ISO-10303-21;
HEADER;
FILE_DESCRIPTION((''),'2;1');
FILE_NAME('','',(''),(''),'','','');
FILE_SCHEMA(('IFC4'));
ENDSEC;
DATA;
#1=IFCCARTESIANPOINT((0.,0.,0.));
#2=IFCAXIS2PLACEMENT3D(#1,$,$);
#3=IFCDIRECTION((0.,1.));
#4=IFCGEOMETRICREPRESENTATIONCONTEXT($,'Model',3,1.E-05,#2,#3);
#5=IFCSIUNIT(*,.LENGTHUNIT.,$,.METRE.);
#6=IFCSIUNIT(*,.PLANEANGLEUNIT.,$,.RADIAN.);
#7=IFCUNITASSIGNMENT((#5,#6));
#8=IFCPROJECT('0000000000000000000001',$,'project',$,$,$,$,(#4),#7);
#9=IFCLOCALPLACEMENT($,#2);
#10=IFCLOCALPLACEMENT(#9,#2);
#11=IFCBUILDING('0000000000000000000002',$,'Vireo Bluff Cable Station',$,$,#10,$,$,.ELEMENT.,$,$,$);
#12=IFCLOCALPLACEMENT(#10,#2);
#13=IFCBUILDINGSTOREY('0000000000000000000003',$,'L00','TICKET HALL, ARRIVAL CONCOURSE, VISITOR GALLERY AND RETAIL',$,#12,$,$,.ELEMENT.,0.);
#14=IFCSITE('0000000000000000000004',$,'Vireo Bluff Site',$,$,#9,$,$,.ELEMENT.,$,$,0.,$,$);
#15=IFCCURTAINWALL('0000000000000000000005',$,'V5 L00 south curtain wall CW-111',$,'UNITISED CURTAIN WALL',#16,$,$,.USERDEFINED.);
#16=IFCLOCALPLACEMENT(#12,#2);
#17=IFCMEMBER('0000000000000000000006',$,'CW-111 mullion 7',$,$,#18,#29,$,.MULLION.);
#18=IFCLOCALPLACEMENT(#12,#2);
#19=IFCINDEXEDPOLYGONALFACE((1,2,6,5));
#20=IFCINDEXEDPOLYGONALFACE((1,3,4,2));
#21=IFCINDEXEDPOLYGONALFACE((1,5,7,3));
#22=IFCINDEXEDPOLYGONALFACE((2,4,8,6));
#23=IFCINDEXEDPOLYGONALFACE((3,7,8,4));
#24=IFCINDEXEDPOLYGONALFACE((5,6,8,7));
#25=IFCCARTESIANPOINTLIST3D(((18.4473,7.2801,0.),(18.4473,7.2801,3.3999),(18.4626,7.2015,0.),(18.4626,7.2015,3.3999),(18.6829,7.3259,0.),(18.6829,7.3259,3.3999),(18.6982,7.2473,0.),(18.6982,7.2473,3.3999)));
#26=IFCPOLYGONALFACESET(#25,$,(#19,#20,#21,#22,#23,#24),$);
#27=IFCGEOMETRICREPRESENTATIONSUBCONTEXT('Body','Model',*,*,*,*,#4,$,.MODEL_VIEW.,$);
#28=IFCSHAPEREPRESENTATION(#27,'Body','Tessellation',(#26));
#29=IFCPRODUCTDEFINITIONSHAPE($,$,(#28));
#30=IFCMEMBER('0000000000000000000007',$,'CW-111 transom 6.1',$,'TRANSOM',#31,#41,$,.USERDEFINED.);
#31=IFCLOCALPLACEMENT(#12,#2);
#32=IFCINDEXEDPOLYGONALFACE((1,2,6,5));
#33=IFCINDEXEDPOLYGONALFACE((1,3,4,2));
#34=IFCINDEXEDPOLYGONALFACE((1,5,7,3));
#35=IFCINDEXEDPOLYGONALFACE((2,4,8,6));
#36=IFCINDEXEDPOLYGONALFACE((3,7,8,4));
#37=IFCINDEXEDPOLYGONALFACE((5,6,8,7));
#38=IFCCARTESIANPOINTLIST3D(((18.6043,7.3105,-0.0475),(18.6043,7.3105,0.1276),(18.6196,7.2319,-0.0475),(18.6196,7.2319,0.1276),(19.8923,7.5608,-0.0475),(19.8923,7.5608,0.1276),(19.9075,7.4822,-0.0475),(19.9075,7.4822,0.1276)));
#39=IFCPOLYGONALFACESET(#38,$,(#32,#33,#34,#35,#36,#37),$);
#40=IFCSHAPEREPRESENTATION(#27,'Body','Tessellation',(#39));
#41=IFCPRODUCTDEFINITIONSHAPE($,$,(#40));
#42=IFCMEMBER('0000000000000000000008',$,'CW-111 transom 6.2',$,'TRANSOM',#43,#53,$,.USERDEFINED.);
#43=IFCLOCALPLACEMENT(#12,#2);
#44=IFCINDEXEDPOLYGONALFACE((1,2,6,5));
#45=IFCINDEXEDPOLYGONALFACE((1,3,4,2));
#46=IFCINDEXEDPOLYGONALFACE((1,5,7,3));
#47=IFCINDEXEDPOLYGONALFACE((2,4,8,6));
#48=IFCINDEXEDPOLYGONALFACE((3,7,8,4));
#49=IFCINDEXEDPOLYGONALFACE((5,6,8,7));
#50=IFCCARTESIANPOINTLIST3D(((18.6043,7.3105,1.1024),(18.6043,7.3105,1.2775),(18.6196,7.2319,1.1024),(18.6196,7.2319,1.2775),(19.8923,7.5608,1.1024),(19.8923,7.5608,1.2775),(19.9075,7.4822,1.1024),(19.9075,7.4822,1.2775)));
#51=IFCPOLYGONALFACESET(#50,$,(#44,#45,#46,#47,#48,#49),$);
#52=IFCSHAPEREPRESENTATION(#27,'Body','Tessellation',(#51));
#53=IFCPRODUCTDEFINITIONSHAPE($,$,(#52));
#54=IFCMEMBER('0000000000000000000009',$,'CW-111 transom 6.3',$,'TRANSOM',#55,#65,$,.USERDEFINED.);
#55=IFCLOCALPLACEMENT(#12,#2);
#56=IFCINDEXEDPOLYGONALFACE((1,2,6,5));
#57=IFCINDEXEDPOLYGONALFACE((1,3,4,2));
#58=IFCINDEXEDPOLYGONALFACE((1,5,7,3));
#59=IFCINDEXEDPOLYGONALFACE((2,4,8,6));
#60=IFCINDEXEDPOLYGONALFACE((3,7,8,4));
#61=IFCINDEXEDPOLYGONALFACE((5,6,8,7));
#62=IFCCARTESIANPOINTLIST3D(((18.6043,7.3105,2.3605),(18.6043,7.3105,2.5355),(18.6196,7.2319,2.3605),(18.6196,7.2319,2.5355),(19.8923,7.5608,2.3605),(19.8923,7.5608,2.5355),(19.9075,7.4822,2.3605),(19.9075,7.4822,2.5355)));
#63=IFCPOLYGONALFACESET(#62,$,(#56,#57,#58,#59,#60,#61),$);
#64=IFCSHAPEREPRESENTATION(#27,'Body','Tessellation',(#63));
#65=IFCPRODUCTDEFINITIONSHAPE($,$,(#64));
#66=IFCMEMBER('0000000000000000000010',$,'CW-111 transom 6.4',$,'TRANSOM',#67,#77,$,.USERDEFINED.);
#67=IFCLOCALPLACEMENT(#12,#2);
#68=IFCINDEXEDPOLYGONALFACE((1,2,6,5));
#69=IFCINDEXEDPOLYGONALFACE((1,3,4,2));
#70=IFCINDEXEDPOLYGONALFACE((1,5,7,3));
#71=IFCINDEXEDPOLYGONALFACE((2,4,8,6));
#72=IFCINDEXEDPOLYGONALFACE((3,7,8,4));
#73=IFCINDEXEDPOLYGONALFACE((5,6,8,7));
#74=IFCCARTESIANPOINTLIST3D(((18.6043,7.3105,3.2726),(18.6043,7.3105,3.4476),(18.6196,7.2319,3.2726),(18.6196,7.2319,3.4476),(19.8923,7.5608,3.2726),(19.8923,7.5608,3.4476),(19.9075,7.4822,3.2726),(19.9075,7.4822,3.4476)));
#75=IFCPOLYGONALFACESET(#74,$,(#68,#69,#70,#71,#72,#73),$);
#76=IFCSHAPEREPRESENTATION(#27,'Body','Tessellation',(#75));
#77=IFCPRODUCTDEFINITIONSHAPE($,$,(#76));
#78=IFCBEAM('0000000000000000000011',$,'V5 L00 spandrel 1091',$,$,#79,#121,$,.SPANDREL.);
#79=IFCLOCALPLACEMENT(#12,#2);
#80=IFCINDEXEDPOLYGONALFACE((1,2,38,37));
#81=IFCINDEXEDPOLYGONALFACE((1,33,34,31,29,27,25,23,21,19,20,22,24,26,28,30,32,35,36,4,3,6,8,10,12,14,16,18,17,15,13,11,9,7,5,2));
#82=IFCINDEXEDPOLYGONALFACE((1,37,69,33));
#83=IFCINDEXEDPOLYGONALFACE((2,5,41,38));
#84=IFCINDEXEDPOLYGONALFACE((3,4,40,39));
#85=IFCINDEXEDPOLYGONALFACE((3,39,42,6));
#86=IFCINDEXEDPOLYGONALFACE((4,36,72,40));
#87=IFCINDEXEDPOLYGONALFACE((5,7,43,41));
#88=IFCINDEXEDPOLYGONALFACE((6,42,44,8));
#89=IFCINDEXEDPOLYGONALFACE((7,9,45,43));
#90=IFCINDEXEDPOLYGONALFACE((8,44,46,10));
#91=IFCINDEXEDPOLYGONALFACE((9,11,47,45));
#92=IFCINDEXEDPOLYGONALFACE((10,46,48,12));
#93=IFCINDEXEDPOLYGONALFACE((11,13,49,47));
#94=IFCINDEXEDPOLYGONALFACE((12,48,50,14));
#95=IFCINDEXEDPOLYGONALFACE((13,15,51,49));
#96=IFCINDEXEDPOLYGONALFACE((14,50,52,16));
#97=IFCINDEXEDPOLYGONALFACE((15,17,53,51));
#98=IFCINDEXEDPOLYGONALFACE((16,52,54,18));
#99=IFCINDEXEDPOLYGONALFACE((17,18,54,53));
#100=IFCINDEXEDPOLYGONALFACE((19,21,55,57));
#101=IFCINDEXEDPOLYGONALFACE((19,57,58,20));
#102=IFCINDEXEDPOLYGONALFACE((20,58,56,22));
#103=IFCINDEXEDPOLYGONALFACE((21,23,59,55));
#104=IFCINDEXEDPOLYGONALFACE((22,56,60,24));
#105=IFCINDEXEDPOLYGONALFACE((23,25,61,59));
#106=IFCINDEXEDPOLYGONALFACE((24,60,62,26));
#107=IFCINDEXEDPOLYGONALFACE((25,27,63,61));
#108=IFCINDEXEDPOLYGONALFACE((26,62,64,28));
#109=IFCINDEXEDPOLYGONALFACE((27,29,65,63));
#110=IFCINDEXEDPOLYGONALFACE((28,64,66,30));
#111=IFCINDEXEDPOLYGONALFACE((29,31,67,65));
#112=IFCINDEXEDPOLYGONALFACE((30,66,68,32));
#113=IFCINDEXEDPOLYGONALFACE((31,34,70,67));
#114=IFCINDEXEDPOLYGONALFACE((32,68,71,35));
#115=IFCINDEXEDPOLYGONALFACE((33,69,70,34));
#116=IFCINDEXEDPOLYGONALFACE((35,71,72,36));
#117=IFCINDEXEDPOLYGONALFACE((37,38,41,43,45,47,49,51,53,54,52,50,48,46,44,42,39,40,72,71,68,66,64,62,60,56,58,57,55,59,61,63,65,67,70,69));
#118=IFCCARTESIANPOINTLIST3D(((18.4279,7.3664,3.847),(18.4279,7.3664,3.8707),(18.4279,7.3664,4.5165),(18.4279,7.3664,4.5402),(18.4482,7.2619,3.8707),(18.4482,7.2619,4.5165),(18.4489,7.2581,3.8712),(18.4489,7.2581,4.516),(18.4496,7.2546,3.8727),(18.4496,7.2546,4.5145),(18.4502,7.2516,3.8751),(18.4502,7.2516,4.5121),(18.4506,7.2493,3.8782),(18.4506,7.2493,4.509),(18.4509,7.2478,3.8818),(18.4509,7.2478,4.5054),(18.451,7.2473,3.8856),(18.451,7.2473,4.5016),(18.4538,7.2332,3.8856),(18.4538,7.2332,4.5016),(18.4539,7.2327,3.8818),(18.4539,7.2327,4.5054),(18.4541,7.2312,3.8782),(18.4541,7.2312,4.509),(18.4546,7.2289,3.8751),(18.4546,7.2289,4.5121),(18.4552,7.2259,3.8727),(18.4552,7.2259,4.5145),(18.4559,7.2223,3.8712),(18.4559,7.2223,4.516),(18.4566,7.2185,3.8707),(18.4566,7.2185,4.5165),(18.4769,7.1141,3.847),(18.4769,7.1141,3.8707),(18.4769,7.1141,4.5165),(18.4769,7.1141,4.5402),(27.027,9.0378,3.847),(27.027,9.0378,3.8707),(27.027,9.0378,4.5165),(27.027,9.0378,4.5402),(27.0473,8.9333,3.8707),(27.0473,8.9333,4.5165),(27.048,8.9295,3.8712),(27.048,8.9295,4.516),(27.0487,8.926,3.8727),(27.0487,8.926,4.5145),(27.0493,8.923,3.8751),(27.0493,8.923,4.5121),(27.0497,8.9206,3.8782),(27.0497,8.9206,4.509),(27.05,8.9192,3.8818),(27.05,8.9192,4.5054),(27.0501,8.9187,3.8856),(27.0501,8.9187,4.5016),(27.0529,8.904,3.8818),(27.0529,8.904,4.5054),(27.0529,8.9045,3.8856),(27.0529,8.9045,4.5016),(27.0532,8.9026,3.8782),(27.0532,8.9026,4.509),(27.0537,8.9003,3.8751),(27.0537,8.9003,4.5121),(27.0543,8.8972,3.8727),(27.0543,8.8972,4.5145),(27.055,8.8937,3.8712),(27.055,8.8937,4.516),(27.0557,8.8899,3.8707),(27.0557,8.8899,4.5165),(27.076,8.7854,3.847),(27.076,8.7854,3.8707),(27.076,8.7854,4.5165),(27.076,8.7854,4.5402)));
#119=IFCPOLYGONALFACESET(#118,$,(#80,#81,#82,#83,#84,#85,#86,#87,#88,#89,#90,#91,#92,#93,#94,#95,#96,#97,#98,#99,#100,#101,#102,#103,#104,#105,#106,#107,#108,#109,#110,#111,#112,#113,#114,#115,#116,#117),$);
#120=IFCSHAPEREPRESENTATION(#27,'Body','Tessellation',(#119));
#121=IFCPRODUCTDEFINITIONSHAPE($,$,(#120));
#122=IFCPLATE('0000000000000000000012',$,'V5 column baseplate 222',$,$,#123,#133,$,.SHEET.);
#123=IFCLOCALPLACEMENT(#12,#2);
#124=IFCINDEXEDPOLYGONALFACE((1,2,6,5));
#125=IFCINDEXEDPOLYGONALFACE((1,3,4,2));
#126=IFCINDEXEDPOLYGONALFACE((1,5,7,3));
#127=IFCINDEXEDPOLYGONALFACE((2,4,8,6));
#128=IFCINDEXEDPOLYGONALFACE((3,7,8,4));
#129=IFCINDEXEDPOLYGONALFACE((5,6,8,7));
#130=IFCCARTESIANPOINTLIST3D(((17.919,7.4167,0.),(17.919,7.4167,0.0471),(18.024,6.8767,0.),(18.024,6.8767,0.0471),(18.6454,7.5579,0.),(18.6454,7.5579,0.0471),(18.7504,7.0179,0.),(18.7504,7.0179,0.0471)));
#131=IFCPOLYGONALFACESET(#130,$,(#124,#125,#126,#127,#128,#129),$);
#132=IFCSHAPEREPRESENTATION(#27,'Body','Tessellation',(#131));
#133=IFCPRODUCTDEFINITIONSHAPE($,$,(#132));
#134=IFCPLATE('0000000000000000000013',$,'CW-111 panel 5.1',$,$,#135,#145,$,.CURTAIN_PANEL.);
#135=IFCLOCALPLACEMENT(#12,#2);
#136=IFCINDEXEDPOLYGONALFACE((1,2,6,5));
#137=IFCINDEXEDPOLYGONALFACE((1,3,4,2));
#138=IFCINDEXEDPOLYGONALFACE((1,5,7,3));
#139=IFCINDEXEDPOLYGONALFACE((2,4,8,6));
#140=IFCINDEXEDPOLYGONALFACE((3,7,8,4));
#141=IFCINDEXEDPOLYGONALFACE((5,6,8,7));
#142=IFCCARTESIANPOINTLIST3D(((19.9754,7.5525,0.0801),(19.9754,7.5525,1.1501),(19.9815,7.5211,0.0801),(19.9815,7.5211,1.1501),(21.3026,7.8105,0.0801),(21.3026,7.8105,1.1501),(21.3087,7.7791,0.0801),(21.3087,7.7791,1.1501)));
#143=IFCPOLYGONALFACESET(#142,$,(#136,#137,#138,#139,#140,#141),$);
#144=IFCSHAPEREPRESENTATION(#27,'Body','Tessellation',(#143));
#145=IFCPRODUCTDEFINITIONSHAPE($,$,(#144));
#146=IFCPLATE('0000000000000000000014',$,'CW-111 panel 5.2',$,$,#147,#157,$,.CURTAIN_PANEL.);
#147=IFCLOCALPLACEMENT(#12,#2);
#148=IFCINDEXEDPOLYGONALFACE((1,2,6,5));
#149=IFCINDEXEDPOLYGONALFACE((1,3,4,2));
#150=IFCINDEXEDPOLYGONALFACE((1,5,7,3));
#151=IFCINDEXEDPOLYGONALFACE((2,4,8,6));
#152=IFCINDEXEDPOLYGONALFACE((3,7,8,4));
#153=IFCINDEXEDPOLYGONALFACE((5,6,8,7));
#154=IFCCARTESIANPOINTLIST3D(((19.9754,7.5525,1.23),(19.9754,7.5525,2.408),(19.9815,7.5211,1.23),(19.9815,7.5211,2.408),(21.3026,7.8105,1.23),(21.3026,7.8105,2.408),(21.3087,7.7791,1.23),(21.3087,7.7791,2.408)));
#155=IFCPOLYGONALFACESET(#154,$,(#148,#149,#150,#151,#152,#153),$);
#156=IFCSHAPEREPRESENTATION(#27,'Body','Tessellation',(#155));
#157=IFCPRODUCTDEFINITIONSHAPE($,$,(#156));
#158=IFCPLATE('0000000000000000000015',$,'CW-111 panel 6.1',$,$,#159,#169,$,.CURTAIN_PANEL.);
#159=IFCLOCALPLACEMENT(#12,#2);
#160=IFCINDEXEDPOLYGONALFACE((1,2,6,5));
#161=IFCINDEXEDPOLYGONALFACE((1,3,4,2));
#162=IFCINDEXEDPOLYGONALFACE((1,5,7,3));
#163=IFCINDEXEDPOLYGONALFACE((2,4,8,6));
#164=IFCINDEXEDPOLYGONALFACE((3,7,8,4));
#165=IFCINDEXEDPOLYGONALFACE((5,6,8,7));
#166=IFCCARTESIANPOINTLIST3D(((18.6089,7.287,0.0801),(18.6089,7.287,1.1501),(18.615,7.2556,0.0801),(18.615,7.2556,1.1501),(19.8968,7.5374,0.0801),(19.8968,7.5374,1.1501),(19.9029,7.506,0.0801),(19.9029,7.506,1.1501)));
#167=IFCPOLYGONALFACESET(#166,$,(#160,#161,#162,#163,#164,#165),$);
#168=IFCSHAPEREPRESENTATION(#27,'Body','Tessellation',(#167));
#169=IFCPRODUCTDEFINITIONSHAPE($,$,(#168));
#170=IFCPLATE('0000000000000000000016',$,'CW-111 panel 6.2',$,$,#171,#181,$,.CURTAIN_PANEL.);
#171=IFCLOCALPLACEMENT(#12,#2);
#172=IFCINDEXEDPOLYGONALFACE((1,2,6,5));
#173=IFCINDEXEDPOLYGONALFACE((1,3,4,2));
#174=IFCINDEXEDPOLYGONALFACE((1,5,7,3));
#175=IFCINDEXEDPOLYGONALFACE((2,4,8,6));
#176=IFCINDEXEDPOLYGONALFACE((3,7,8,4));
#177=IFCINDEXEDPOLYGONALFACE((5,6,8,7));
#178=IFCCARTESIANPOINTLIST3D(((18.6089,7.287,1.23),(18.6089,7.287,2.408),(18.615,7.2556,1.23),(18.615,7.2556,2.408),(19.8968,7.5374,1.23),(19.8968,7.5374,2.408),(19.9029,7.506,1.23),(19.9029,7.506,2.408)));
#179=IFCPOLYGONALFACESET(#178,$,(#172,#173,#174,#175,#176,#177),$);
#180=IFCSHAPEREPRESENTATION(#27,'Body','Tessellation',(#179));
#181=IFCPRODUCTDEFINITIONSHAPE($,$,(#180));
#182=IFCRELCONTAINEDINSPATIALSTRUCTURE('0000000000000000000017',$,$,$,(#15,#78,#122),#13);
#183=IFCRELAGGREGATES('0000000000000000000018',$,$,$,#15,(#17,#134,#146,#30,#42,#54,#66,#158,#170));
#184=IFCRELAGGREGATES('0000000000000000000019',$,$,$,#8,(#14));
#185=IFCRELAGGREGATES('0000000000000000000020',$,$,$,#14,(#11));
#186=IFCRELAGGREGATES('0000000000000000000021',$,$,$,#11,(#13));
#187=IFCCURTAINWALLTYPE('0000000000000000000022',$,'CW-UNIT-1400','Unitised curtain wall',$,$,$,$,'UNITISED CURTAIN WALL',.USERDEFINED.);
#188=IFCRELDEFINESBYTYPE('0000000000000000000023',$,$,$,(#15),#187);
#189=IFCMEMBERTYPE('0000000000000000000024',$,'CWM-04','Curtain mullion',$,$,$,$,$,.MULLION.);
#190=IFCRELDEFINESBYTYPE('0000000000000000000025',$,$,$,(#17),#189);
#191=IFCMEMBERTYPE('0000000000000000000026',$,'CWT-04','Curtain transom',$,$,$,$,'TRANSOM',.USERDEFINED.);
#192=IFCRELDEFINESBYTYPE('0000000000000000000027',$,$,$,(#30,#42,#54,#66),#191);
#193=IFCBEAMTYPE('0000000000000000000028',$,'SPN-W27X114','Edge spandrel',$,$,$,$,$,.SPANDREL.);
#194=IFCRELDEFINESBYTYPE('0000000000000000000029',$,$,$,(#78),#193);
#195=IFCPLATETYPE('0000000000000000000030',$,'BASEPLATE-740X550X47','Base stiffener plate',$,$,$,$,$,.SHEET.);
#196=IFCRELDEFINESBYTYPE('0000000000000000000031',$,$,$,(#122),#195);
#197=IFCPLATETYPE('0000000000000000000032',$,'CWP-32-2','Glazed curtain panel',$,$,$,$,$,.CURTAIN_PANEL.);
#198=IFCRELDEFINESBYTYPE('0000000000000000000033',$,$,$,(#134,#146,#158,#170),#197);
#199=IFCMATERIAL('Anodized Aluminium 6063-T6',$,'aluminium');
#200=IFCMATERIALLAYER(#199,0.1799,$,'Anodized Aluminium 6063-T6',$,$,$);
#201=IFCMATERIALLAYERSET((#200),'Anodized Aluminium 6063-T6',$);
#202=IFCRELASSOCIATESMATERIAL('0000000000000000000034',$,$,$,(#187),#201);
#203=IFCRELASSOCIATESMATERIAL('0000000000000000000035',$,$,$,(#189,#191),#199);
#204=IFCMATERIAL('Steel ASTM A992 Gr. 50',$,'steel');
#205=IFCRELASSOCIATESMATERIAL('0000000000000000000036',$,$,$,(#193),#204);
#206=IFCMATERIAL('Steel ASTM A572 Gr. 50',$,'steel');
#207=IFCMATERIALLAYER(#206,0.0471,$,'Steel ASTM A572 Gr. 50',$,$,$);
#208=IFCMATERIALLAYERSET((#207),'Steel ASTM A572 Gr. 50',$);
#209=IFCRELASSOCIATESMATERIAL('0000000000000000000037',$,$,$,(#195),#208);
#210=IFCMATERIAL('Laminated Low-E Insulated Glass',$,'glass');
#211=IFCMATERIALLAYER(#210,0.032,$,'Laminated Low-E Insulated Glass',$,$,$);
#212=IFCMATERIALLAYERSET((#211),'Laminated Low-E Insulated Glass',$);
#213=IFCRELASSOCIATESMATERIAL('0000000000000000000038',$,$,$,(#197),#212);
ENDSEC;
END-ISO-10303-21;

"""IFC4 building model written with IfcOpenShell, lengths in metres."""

from ifc_helpers import new_model, si_unit, direction, frame, origin, origin_2d, place, context, subcontext, project, spatial, rectangle, i_section, extrude, material, layer, layer_set, material_profile, profile_set, type_object, element, aggregate, save


model = new_model("IFC4")

# Units and contexts
model_context = context("Model", 3, precision=1e-05, world=origin(), true_north=direction((0.0, 1.0)))
body_context = subcontext(model_context, "Body", "Model", "MODEL_VIEW")
ifc_project = project(units=[si_unit("LENGTHUNIT", "METRE"), si_unit("PLANEANGLEUNIT", "RADIAN")], contexts=[model_context])

# Site, building, storey
site_placement = place(None, origin())
site = spatial("IfcSite", under=ifc_project, at=site_placement, Name="Vireo Bluff Site", CompositionType="ELEMENT", RefElevation=0.0)
building_placement = place(site_placement, origin())
building = spatial("IfcBuilding", under=site, at=building_placement, Name="Vireo Bluff Cable Station", CompositionType="ELEMENT")
storey_placement = place(building_placement, origin())
storey = spatial("IfcBuildingStorey", under=building, at=storey_placement, Name="L00", Description="TICKET HALL, ARRIVAL CONCOURSE, VISITOR GALLERY AND RETAIL", CompositionType="ELEMENT", Elevation=0.0)

# Shared definitions
ifc_material_1 = material(Name="Steel ASTM A992 Gr. 50", Category="steel")

# Curtain wall, members
ifc_material_2 = material(Name="Anodized Aluminium 6063-T6", Category="aluminium")
ifc_layer_1 = layer(ifc_material_2, 0.1799, Name="Anodized Aluminium 6063-T6")
ifc_layer_set_1 = layer_set([ifc_layer_1], Name="Anodized Aluminium 6063-T6")
curtain_wall_type = type_object("IfcCurtainWallType", Name="CW-UNIT-1400", Description="Unitised curtain wall", ElementType="UNITISED CURTAIN WALL", PredefinedType="USERDEFINED", material=ifc_layer_set_1)
curtain_wall_placement = place(storey_placement, origin())
curtain_wall = element("IfcCurtainWall", 1, at=curtain_wall_placement, inside=storey, type_object=curtain_wall_type, Name="V5 L00 south curtain wall CW-111", ObjectType="UNITISED CURTAIN WALL", PredefinedType="USERDEFINED")
ifc_material_profile_1 = material_profile(ifc_material_2, rectangle(XDim=0.0801, YDim=0.24, at=origin_2d()), Name="ALU-M-80X240")
ifc_profile_set_1 = profile_set([ifc_material_profile_1], Name="Anodized Aluminium 6063-T6")
member_type_1 = type_object("IfcMemberType", Name="CWM-04", Description="Curtain mullion", PredefinedType="MULLION", material=ifc_profile_set_1)
member_1_placement = place(storey_placement, frame((18.5728, 7.2637, 0.0), z_axis=(0.0, 0.0, 1.0), x_axis=(0.190809, -0.981627, 0.0)))
member_1 = element("IfcMember", 2, at=member_1_placement, type_object=member_type_1, Name="CW-111 mullion 7", PredefinedType="MULLION", context=body_context, shape_type="SweptSolid", body=[
    extrude(rectangle(XDim=0.0801, YDim=0.24, at=origin_2d()), origin(), (0.0, 0.0, 1.0), 3.3999),
])
ifc_material_profile_2 = material_profile(ifc_material_2, rectangle(XDim=0.0801, YDim=0.175, at=origin_2d()), Name="ALU-T-80X175")
ifc_profile_set_2 = profile_set([ifc_material_profile_2], Name="Anodized Aluminium 6063-T6")
member_type_2 = type_object("IfcMemberType", Name="CWT-04", Description="Curtain transom", ElementType="TRANSOM", PredefinedType="USERDEFINED", material=ifc_profile_set_2)
member_2_placement = place(storey_placement, frame((19.8999, 7.5215, 0.04), z_axis=(-0.98164, -0.190745, 0.0), x_axis=(0.190745, -0.98164, 0.0)))
member_2 = element("IfcMember", 3, at=member_2_placement, type_object=member_type_2, Name="CW-111 transom 6.1", ObjectType="TRANSOM", PredefinedType="USERDEFINED", context=body_context, shape_type="SweptSolid", body=[
    extrude(rectangle(XDim=0.0801, YDim=0.175, at=origin_2d()), origin(), (0.0, 0.0, 1.0), 1.312),
])
member_3_placement = place(storey_placement, frame((19.8999, 7.5215, 1.1899), z_axis=(-0.98164, -0.190745, 0.0), x_axis=(0.190745, -0.98164, 0.0)))
member_3 = element("IfcMember", 4, at=member_3_placement, type_object=member_type_2, Name="CW-111 transom 6.2", ObjectType="TRANSOM", PredefinedType="USERDEFINED", context=body_context, shape_type="SweptSolid", body=[
    extrude(rectangle(XDim=0.0801, YDim=0.175, at=origin_2d()), origin(), (0.0, 0.0, 1.0), 1.312),
])
member_4_placement = place(storey_placement, frame((19.8999, 7.5215, 2.448), z_axis=(-0.98164, -0.190745, 0.0), x_axis=(0.190745, -0.98164, 0.0)))
member_4 = element("IfcMember", 5, at=member_4_placement, type_object=member_type_2, Name="CW-111 transom 6.3", ObjectType="TRANSOM", PredefinedType="USERDEFINED", context=body_context, shape_type="SweptSolid", body=[
    extrude(rectangle(XDim=0.0801, YDim=0.175, at=origin_2d()), origin(), (0.0, 0.0, 1.0), 1.312),
])
member_5_placement = place(storey_placement, frame((19.8999, 7.5215, 3.3601), z_axis=(-0.98164, -0.190745, 0.0), x_axis=(0.190745, -0.98164, 0.0)))
member_5 = element("IfcMember", 6, at=member_5_placement, type_object=member_type_2, Name="CW-111 transom 6.4", ObjectType="TRANSOM", PredefinedType="USERDEFINED", context=body_context, shape_type="SweptSolid", body=[
    extrude(rectangle(XDim=0.0801, YDim=0.175, at=origin_2d()), origin(), (0.0, 0.0, 1.0), 1.312),
])

# Beam
ifc_material_profile_3 = material_profile(ifc_material_1, i_section(OverallWidth=0.2571, OverallDepth=0.6931, WebThickness=0.0144, FlangeThickness=0.0237, FilletRadius=0.0149, at=origin_2d()), Name="W27X114")
ifc_profile_set_3 = profile_set([ifc_material_profile_3], Name="Steel ASTM A992 Gr. 50")
beam_type_1 = type_object("IfcBeamType", Name="SPN-W27X114", Description="Edge spandrel", PredefinedType="SPANDREL", material=ifc_profile_set_3)
beam_1_placement = place(storey_placement, frame((18.4524, 7.2402, 4.1936), z_axis=(0.98163, 0.190797, 0.0), x_axis=(-0.190797, 0.98163, 0.0)))
element("IfcBeam", 7, at=beam_1_placement, inside=storey, type_object=beam_type_1, Name="V5 L00 spandrel 1091", PredefinedType="SPANDREL", context=body_context, shape_type="SweptSolid", body=[
    extrude(i_section(OverallWidth=0.2571, OverallDepth=0.6931, WebThickness=0.0144, FlangeThickness=0.0237, FilletRadius=0.0149, at=origin_2d()), origin(), (0.0, 0.0, 1.0), 8.76),
])

# Plates
ifc_material_3 = material(Name="Steel ASTM A572 Gr. 50", Category="steel")
ifc_layer_2 = layer(ifc_material_3, 0.0471, Name="Steel ASTM A572 Gr. 50")
ifc_layer_set_2 = layer_set([ifc_layer_2], Name="Steel ASTM A572 Gr. 50")
plate_type_1 = type_object("IfcPlateType", Name="BASEPLATE-740X550X47", Description="Base stiffener plate", PredefinedType="SHEET", material=ifc_layer_set_2)
plate_1_placement = place(storey_placement, frame((18.3347, 7.2173, 0.0), z_axis=(0.0, 0.0, 1.0), x_axis=(0.981627, 0.190809, 0.0)))
element("IfcPlate", 8, at=plate_1_placement, inside=storey, type_object=plate_type_1, Name="V5 column baseplate 222", PredefinedType="SHEET", context=body_context, shape_type="SweptSolid", body=[
    extrude(rectangle(XDim=0.74, YDim=0.55, at=origin_2d()), origin(), (0.0, 0.0, 1.0), 0.0471),
])
ifc_material_4 = material(Name="Laminated Low-E Insulated Glass", Category="glass")
ifc_layer_3 = layer(ifc_material_4, 0.032, Name="Laminated Low-E Insulated Glass")
ifc_layer_set_3 = layer_set([ifc_layer_3], Name="Laminated Low-E Insulated Glass")
plate_type_2 = type_object("IfcPlateType", Name="CWP-32-2", Description="Glazed curtain panel", PredefinedType="CURTAIN_PANEL", material=ifc_layer_set_3)
plate_2_placement = place(storey_placement, frame((20.6421, 7.6658, 0.0801), z_axis=(0.0, 0.0, 1.0), x_axis=(-0.981627, -0.190809, 0.0)))
plate_2 = element("IfcPlate", 9, at=plate_2_placement, type_object=plate_type_2, Name="CW-111 panel 5.1", PredefinedType="CURTAIN_PANEL", context=body_context, shape_type="SweptSolid", body=[
    extrude(rectangle(XDim=1.3521, YDim=0.032, at=origin_2d()), origin(), (0.0, 0.0, 1.0), 1.0701),
])
plate_3_placement = place(storey_placement, frame((20.6421, 7.6658, 1.23), z_axis=(0.0, 0.0, 1.0), x_axis=(-0.981627, -0.190809, 0.0)))
plate_3 = element("IfcPlate", 10, at=plate_3_placement, type_object=plate_type_2, Name="CW-111 panel 5.2", PredefinedType="CURTAIN_PANEL", context=body_context, shape_type="SweptSolid", body=[
    extrude(rectangle(XDim=1.3521, YDim=0.032, at=origin_2d()), origin(), (0.0, 0.0, 1.0), 1.178),
])
plate_4_placement = place(storey_placement, frame((19.2559, 7.3965, 0.0801), z_axis=(0.0, 0.0, 1.0), x_axis=(-0.981627, -0.190809, 0.0)))
plate_4 = element("IfcPlate", 11, at=plate_4_placement, type_object=plate_type_2, Name="CW-111 panel 6.1", PredefinedType="CURTAIN_PANEL", context=body_context, shape_type="SweptSolid", body=[
    extrude(rectangle(XDim=1.312, YDim=0.032, at=origin_2d()), origin(), (0.0, 0.0, 1.0), 1.0701),
])
plate_5_placement = place(storey_placement, frame((19.2559, 7.3965, 1.23), z_axis=(0.0, 0.0, 1.0), x_axis=(-0.981627, -0.190809, 0.0)))
plate_5 = element("IfcPlate", 12, at=plate_5_placement, type_object=plate_type_2, Name="CW-111 panel 6.2", PredefinedType="CURTAIN_PANEL", context=body_context, shape_type="SweptSolid", body=[
    extrude(rectangle(XDim=1.312, YDim=0.032, at=origin_2d()), origin(), (0.0, 0.0, 1.0), 1.178),
])
aggregate(curtain_wall, [member_1, plate_2, plate_3, member_2, member_3, member_4, member_5, plate_4, plate_5])

save(model, "model.ifc")
